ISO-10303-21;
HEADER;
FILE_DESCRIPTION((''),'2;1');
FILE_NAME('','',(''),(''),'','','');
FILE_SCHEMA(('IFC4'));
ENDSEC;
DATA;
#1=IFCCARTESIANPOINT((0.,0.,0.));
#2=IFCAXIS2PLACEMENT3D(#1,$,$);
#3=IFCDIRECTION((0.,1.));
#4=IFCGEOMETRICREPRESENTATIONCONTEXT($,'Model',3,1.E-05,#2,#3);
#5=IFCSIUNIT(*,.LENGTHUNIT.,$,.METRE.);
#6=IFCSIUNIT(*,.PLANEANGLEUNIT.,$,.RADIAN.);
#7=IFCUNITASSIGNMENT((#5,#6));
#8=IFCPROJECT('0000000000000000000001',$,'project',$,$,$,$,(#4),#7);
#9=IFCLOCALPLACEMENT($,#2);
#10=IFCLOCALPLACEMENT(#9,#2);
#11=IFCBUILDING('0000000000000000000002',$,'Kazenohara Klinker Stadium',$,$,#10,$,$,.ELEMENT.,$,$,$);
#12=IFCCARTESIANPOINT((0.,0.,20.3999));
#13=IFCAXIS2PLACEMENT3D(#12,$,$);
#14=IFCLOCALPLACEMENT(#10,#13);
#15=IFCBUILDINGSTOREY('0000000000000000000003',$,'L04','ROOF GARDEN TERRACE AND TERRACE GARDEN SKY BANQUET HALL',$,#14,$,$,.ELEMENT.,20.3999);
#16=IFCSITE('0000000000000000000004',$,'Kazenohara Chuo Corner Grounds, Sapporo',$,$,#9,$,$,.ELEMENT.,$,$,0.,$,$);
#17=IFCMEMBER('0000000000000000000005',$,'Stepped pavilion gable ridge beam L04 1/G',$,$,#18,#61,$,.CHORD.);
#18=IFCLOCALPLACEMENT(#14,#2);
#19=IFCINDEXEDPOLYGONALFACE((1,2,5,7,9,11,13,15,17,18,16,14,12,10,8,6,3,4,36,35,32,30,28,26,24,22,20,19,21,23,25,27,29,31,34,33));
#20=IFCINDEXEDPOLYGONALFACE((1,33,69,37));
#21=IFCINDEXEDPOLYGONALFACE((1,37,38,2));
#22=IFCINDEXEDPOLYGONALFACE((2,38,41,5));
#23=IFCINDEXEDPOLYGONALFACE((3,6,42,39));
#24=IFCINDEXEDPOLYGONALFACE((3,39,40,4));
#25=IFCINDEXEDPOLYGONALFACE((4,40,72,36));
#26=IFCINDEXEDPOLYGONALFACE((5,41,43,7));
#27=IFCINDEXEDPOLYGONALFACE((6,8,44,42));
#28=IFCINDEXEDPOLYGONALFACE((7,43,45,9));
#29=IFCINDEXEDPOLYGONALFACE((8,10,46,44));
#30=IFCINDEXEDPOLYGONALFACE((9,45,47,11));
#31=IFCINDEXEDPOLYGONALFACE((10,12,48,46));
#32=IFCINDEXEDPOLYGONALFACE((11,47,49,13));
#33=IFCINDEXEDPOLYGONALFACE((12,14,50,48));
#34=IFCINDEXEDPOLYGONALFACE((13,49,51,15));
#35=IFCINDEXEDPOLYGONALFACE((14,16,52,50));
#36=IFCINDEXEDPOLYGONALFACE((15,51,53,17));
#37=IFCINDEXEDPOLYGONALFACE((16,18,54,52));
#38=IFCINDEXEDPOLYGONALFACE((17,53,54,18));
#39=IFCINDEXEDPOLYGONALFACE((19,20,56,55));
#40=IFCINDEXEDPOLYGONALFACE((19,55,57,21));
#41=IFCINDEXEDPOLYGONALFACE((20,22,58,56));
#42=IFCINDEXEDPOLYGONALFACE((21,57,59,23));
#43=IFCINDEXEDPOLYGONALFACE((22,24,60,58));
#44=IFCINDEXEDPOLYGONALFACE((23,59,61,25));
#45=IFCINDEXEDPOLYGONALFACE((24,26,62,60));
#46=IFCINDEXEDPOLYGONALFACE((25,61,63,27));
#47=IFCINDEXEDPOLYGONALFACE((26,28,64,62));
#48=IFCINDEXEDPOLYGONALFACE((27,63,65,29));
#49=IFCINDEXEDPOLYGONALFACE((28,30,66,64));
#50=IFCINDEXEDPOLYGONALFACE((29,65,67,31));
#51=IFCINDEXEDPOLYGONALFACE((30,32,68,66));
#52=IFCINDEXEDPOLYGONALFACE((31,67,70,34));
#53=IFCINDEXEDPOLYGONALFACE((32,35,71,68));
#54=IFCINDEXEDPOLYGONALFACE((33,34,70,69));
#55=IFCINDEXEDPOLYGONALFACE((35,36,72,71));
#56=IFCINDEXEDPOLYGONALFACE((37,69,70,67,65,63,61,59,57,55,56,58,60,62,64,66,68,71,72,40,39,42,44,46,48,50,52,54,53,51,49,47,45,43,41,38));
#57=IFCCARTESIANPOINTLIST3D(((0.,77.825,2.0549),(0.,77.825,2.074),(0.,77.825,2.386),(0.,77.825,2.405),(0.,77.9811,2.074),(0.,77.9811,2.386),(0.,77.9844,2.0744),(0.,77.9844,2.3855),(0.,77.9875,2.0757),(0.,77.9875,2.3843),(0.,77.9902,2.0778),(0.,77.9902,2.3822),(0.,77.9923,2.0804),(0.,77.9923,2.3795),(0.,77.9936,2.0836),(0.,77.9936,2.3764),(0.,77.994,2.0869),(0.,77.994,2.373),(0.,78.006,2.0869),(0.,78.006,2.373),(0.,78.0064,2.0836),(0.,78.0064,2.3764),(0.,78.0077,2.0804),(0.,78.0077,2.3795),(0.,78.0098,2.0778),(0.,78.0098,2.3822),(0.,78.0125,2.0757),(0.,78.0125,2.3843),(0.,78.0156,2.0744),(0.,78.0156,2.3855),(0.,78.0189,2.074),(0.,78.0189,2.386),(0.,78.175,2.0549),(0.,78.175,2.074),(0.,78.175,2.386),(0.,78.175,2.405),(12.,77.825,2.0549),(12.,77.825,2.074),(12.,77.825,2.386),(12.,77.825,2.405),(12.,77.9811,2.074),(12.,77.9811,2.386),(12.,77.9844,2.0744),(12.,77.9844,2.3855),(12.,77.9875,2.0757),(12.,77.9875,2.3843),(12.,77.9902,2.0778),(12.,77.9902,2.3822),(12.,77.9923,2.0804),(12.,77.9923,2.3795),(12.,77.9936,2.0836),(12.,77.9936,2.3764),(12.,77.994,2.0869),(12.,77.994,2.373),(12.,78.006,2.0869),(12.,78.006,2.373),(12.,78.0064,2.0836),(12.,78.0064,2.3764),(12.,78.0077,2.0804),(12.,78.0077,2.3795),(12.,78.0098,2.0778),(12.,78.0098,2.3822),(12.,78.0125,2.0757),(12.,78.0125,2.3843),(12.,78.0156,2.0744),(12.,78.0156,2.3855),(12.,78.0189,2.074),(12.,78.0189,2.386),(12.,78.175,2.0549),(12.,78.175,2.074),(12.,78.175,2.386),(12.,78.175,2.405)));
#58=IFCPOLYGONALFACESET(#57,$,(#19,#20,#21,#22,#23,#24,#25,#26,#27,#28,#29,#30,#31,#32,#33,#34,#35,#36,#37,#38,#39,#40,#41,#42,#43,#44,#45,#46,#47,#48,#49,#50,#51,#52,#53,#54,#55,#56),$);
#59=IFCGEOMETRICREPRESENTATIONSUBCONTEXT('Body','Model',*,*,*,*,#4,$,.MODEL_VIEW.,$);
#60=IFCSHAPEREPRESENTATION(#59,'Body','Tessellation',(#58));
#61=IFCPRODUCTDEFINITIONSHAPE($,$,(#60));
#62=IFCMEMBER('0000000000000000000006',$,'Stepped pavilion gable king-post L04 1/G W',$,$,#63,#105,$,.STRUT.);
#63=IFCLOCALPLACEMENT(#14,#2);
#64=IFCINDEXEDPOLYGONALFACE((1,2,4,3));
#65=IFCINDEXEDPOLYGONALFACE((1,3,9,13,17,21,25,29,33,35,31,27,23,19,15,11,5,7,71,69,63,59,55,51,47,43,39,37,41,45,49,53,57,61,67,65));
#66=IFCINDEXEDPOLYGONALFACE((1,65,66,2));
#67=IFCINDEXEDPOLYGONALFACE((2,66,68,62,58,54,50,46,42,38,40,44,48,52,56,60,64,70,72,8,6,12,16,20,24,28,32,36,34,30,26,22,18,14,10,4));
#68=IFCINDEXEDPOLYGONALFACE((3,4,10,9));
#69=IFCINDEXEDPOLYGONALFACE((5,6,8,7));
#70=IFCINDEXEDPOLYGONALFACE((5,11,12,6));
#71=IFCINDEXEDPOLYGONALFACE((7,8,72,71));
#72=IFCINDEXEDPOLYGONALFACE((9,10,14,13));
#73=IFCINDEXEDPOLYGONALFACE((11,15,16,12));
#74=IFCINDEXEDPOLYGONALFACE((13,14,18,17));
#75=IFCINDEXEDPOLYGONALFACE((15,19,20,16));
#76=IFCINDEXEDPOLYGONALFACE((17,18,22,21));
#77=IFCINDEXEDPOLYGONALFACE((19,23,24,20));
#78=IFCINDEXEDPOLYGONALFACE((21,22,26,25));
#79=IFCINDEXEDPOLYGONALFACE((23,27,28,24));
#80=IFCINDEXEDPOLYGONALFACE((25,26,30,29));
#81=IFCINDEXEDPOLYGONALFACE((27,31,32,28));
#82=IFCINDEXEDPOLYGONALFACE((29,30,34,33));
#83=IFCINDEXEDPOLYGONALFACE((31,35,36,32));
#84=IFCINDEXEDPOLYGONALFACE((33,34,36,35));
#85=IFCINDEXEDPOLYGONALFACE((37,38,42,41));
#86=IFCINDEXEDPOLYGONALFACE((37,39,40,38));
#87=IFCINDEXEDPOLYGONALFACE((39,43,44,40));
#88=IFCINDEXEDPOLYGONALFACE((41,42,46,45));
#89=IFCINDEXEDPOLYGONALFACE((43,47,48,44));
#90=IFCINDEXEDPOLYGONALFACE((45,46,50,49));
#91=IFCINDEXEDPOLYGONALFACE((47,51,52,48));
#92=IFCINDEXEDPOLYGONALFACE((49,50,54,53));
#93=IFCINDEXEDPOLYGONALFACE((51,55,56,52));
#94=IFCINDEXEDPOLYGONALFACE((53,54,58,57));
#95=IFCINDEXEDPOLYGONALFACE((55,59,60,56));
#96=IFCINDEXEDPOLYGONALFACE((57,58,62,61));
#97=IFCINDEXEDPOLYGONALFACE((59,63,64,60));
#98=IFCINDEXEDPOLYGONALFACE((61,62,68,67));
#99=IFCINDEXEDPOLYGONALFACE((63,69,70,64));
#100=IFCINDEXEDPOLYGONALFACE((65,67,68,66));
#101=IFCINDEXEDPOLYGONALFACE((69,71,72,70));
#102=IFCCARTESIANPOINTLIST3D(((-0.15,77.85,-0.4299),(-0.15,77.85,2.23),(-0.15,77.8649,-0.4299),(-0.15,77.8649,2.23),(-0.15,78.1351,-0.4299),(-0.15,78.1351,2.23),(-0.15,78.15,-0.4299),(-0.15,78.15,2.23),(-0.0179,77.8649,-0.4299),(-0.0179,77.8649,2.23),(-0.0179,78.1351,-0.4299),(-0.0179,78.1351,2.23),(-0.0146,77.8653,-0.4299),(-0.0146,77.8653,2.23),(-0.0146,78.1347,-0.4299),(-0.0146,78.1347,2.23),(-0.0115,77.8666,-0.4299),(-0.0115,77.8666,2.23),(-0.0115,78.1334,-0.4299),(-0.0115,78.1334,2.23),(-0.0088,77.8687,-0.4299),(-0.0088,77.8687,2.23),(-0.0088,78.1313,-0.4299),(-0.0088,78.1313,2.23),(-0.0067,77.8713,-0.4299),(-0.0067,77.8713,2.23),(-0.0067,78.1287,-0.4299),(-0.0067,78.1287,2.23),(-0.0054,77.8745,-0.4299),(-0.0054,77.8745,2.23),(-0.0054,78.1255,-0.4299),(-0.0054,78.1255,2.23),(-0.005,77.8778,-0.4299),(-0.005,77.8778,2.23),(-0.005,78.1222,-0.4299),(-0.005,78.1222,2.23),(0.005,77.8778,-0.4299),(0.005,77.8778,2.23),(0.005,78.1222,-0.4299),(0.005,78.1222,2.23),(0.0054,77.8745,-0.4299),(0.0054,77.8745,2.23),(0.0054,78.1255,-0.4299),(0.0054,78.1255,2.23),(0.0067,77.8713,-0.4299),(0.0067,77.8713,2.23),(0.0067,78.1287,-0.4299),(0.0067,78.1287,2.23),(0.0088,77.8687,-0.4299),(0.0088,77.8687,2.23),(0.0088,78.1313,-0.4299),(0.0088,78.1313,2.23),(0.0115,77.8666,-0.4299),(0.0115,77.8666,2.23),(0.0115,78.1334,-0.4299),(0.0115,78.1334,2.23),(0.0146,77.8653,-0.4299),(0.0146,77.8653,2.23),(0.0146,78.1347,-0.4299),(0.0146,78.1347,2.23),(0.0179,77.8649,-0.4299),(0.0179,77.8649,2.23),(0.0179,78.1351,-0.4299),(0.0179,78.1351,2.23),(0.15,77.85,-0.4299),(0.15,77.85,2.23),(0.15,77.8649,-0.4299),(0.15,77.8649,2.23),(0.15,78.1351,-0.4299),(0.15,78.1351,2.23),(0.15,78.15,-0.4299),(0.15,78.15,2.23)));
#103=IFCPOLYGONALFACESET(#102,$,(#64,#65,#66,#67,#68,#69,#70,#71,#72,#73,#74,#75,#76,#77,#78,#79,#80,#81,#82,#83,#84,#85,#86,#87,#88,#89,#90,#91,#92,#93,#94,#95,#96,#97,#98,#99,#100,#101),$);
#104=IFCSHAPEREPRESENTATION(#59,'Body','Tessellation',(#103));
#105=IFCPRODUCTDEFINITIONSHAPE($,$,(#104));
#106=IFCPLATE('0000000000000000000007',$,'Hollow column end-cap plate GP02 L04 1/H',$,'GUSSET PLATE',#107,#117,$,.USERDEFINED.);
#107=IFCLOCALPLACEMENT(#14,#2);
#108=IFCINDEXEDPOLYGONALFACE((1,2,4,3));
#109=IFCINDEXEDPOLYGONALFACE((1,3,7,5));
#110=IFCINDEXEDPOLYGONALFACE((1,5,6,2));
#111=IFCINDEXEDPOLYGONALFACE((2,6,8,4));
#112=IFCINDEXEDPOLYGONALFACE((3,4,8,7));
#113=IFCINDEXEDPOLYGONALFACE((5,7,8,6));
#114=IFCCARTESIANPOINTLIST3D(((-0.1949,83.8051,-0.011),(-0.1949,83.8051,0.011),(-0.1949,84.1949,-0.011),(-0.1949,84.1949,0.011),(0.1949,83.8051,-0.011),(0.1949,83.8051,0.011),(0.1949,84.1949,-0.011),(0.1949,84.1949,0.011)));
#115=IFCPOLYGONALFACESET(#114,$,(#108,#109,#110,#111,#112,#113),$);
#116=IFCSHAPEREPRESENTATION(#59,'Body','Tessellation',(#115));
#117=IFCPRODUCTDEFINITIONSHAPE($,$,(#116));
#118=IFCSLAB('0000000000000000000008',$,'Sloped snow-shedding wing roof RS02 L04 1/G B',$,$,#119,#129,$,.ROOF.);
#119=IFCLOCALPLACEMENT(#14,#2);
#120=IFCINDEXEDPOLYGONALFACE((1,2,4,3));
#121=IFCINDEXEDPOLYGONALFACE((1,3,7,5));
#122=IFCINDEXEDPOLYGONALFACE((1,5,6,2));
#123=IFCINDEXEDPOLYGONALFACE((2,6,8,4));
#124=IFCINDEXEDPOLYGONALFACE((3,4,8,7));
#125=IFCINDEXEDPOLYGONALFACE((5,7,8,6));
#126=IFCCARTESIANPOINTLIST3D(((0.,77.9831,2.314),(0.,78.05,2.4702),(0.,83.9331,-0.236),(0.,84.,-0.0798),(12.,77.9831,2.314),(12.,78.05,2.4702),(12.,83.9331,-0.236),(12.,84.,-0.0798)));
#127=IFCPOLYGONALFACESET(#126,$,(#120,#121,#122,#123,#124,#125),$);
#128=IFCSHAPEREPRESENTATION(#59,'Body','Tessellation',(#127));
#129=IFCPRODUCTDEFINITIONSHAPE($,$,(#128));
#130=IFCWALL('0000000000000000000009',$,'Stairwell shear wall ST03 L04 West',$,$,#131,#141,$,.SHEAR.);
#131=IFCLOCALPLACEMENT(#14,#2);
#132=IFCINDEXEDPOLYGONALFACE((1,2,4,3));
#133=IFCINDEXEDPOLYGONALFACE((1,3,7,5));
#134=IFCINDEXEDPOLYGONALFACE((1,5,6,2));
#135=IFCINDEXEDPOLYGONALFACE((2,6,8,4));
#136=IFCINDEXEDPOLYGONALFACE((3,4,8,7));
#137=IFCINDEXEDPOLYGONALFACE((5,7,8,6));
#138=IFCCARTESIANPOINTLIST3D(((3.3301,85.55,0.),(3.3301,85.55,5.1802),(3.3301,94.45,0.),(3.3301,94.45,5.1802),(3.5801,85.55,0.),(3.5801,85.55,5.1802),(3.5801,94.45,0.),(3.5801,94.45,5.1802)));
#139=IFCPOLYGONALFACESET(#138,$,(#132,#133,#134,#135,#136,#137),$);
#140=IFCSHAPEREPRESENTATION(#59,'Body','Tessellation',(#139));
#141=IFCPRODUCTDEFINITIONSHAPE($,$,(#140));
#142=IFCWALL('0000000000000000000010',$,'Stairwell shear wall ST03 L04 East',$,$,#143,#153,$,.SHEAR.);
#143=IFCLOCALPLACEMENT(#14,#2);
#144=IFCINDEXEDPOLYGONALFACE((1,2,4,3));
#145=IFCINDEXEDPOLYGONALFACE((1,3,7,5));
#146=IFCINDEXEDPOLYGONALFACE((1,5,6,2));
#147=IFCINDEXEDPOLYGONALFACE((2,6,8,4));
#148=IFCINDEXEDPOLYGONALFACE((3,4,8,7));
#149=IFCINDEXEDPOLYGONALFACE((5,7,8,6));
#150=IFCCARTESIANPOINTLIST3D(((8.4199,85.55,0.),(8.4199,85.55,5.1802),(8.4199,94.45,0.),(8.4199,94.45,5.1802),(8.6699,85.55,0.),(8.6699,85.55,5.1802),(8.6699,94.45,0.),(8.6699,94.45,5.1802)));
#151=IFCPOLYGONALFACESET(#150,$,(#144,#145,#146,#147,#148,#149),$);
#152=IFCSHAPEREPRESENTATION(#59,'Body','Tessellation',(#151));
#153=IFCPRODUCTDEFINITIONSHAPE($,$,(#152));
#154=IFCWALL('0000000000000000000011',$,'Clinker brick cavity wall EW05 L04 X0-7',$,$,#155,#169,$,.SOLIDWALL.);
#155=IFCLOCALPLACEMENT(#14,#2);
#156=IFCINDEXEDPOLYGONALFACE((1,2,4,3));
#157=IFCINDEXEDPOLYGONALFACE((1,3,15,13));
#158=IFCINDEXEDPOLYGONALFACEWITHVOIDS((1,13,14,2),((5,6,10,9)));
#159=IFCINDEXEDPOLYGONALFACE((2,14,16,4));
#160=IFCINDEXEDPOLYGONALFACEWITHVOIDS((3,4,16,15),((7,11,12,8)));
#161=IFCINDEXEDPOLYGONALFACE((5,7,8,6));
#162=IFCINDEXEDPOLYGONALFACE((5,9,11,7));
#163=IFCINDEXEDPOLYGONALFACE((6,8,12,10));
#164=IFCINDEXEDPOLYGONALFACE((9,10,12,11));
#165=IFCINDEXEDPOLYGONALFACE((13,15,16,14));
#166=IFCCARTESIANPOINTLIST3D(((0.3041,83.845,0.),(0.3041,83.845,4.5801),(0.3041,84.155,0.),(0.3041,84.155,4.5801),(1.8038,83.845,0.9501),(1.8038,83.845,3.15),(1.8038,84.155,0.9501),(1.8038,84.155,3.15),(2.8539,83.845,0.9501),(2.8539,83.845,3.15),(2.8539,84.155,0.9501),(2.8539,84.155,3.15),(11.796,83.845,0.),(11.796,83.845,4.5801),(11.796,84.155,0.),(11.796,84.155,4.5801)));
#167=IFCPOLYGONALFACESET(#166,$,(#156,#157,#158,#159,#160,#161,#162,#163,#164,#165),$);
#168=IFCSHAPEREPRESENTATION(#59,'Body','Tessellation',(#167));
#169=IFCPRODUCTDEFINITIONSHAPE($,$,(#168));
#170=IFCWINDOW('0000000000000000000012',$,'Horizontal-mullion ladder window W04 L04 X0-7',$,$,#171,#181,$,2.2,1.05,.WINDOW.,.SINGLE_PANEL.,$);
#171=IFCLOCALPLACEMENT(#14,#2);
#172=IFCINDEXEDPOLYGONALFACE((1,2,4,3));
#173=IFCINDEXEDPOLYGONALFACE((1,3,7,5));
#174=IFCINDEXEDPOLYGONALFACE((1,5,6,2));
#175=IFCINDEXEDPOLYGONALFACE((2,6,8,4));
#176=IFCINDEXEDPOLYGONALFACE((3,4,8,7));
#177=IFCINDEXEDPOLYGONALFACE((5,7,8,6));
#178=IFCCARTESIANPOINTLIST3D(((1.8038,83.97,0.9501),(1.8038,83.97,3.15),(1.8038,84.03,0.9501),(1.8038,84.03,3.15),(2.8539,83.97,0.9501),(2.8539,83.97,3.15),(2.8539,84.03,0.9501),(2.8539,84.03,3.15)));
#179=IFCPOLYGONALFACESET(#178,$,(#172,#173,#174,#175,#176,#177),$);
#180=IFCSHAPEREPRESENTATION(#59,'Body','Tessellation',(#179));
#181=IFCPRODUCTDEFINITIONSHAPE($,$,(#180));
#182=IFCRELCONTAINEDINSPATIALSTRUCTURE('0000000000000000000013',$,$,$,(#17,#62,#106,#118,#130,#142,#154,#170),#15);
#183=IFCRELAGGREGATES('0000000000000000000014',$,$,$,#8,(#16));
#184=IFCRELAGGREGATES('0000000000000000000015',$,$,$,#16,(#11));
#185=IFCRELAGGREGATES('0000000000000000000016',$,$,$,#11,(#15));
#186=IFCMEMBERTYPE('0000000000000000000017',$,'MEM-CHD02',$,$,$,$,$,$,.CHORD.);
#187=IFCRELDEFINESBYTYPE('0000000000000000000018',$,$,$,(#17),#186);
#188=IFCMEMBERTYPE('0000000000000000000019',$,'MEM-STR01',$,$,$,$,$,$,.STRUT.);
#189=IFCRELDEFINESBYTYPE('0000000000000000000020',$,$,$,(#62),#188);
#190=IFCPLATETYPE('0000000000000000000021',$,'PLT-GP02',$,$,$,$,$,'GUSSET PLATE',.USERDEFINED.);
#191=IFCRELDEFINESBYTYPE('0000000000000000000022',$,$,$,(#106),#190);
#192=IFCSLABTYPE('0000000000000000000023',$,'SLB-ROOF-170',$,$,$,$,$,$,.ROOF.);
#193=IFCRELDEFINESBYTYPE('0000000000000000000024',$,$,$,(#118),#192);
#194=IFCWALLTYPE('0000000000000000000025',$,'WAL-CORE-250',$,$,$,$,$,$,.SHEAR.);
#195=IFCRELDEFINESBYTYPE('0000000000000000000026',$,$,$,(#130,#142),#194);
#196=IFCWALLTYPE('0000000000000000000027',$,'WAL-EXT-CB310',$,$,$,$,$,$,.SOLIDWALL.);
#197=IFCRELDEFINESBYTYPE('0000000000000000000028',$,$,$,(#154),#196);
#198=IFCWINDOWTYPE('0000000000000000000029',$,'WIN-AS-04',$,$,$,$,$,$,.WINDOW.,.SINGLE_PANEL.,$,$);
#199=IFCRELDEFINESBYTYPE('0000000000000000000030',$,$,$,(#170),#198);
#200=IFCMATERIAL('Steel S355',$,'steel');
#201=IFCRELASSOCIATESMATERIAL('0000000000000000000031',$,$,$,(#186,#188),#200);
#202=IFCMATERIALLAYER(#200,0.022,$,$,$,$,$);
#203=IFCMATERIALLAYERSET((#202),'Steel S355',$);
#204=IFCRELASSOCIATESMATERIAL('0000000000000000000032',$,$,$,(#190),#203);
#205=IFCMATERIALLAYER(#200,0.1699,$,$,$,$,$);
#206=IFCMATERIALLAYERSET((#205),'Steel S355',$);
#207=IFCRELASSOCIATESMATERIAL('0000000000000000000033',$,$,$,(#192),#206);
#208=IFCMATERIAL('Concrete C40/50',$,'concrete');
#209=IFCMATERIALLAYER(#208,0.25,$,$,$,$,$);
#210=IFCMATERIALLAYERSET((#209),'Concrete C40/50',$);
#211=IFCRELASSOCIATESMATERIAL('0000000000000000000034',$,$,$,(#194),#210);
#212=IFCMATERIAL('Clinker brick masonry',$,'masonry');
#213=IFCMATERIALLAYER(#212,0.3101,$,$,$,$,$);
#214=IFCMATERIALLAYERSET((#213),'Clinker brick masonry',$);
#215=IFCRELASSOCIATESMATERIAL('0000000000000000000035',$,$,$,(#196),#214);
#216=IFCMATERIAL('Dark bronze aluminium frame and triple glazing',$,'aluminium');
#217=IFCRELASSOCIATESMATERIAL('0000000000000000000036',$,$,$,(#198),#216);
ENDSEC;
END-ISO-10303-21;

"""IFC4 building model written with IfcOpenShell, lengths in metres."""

from ifc_helpers import new_model, si_unit, direction, frame, frame_2d, origin, origin_2d, place, context, subcontext, project, spatial, polyline, rectangle, i_section, outline, extrude, material, layer, layer_set, material_profile, profile_set, type_object, element, fill, save


model = new_model("IFC4")

# Units and contexts
model_context = context("Model", 3, precision=1e-05, world=origin(), true_north=direction((0.0, 1.0)))
body_context = subcontext(model_context, "Body", "Model", "MODEL_VIEW")
ifc_project = project(units=[si_unit("LENGTHUNIT", "METRE"), si_unit("PLANEANGLEUNIT", "RADIAN")], contexts=[model_context])

# Site, building, storey
site_placement = place(None, origin())
site = spatial("IfcSite", under=ifc_project, at=site_placement, Name="Kazenohara Chuo Corner Grounds, Sapporo", CompositionType="ELEMENT", RefElevation=0.0)
building_placement = place(site_placement, origin())
building = spatial("IfcBuilding", under=site, at=building_placement, Name="Kazenohara Klinker Stadium", CompositionType="ELEMENT")
storey_placement = place(building_placement, frame((0.0, 0.0, 20.3999)))
storey = spatial("IfcBuildingStorey", under=building, at=storey_placement, Name="L04", Description="ROOF GARDEN TERRACE AND TERRACE GARDEN SKY BANQUET HALL", CompositionType="ELEMENT", Elevation=20.3999)

# Shared definitions
ifc_material_1 = material(Name="Concrete C40/50", Category="concrete")

# Shared definitions
ifc_material_2 = material(Name="Steel S355", Category="steel")

# Members
ifc_material_profile_1 = material_profile(ifc_material_2, i_section(OverallWidth=0.3501, OverallDepth=0.3501, WebThickness=0.012, FlangeThickness=0.019, FilletRadius=0.0129, at=origin_2d()), Name="H-350x350x12x19")
ifc_profile_set_1 = profile_set([ifc_material_profile_1], Name="Steel S355")
member_type_1 = type_object("IfcMemberType", Name="MEM-CHD02", PredefinedType="CHORD", material=ifc_profile_set_1)
member_1_placement = place(storey_placement, frame((0.0, 78.0, 2.23), z_axis=(1.0, 0.0, 0.0), x_axis=(0.0, 1.0, 0.0)))
element("IfcMember", 1, at=member_1_placement, inside=storey, type_object=member_type_1, Name="Stepped pavilion gable ridge beam L04 1/G", PredefinedType="CHORD", context=body_context, shape_type="SweptSolid", body=[
    extrude(i_section(OverallWidth=0.3501, OverallDepth=0.3501, WebThickness=0.012, FlangeThickness=0.019, FilletRadius=0.0129, at=origin_2d()), origin(), (0.0, 0.0, 1.0), 12.0),
])
ifc_material_profile_2 = material_profile(ifc_material_2, i_section(OverallWidth=0.3, OverallDepth=0.3, WebThickness=0.01, FlangeThickness=0.0149, FilletRadius=0.0129, at=origin_2d()), Name="H-300x300x10x15")
ifc_profile_set_2 = profile_set([ifc_material_profile_2], Name="Steel S355")
member_type_2 = type_object("IfcMemberType", Name="MEM-STR01", PredefinedType="STRUT", material=ifc_profile_set_2)
member_2_placement = place(storey_placement, frame((0.0, 78.0, -0.4299), z_axis=(0.0, 0.0, 1.0), x_axis=(1.0, 0.0, 0.0)))
element("IfcMember", 2, at=member_2_placement, inside=storey, type_object=member_type_2, Name="Stepped pavilion gable king-post L04 1/G W", PredefinedType="STRUT", context=body_context, shape_type="SweptSolid", body=[
    extrude(i_section(OverallWidth=0.3, OverallDepth=0.3, WebThickness=0.01, FlangeThickness=0.0149, FilletRadius=0.0129, at=origin_2d()), origin(), (0.0, 0.0, 1.0), 2.6599),
])

# Plate
ifc_layer_1 = layer(ifc_material_2, 0.022)
ifc_layer_set_1 = layer_set([ifc_layer_1], Name="Steel S355")
plate_type = type_object("IfcPlateType", Name="PLT-GP02", ElementType="GUSSET PLATE", PredefinedType="USERDEFINED", material=ifc_layer_set_1)
plate_placement = place(storey_placement, frame((0.0, 84.0, -0.011), z_axis=(0.0, 0.0, 1.0), x_axis=(1.0, 0.0, 0.0)))
element("IfcPlate", 3, at=plate_placement, inside=storey, type_object=plate_type, Name="Hollow column end-cap plate GP02 L04 1/H", ObjectType="GUSSET PLATE", PredefinedType="USERDEFINED", context=body_context, shape_type="SweptSolid", body=[
    extrude(rectangle(XDim=0.3899, YDim=0.3899, at=origin_2d()), origin(), (0.0, 0.0, 1.0), 0.022),
])

# Slab
ifc_layer_2 = layer(ifc_material_2, 0.1699)
ifc_layer_set_2 = layer_set([ifc_layer_2], Name="Steel S355")
slab_type = type_object("IfcSlabType", Name="SLB-ROOF-170", PredefinedType="ROOF", material=ifc_layer_set_2)
slab_placement = place(storey_placement, frame((0.0, 78.05, 2.4702), z_axis=(0.0, 0.393928, 0.919141), x_axis=(1.0, 0.0, 0.0)))
element("IfcSlab", 4, at=slab_placement, inside=storey, type_object=slab_type, Name="Sloped snow-shedding wing roof RS02 L04 1/G B", PredefinedType="ROOF", context=body_context, shape_type="SweptSolid", body=[
    extrude(outline(polyline([(0.0, 0.0), (12.0, 0.0), (12.0, 6.4734), (0.0, 6.4734), (0.0, 0.0)])), origin(), (0.0, 0.0, -1.0), 0.1699),
])

# Shared definitions
ifc_layer_3 = layer(ifc_material_1, 0.25)
ifc_layer_set_3 = layer_set([ifc_layer_3], Name="Concrete C40/50")
wall_type_1 = type_object("IfcWallType", Name="WAL-CORE-250", PredefinedType="SHEAR", material=ifc_layer_set_3)

# Walls
for number, where, z_axis, x_axis, name in (
    (5, (3.4551, 85.55, 0.0), (0.0, 0.0, 1.0), (0.0, 1.0, 0.0), "Stairwell shear wall ST03 L04 West"),
    (6, (8.5449, 85.55, 0.0), (0.0, 0.0, 1.0), (0.0, 1.0, 0.0), "Stairwell shear wall ST03 L04 East"),
):
    element("IfcWall", number, at=place(storey_placement, frame(where, z_axis=z_axis, x_axis=x_axis)), inside=storey, type_object=wall_type_1, Name=name, PredefinedType="SHEAR", context=body_context, shape_type="SweptSolid", body=[
        extrude(rectangle(XDim=8.8999, YDim=0.25, at=frame_2d((4.45, 0.0))), origin(), (0.0, 0.0, 1.0), 5.1802),
    ])

# Wall, opening, window
ifc_material_3 = material(Name="Clinker brick masonry", Category="masonry")
ifc_layer_4 = layer(ifc_material_3, 0.3101)
ifc_layer_set_4 = layer_set([ifc_layer_4], Name="Clinker brick masonry")
wall_type_2 = type_object("IfcWallType", Name="WAL-EXT-CB310", PredefinedType="SOLIDWALL", material=ifc_layer_set_4)
wall_1_placement = place(storey_placement, frame((0.304, 84.0, 0.0), z_axis=(0.0, 0.0, 1.0), x_axis=(1.0, 0.0, 0.0)))
wall_1 = element("IfcWall", 7, at=wall_1_placement, inside=storey, type_object=wall_type_2, Name="Clinker brick cavity wall EW05 L04 X0-7", PredefinedType="SOLIDWALL", context=body_context, shape_type="SweptSolid", body=[
    extrude(rectangle(XDim=11.4919, YDim=0.3101, at=frame_2d((5.7461, 0.0))), origin(), (0.0, 0.0, 1.0), 4.5801),
])
opening_1_placement = place(wall_1_placement, frame((1.5, 0.0, 0.95)))
opening_1 = element("IfcOpeningElement", 8, at=opening_1_placement, cuts=wall_1, PredefinedType="OPENING", context=body_context, shape_type="SweptSolid", body=[
    extrude(rectangle(XDim=1.05, YDim=2.2, at=frame_2d((0.5249, 1.1001))), frame((0.0, 0.165, 0.0), z_axis=(0.0, -1.0, 0.0), x_axis=(1.0, 0.0, 0.0)), (0.0, 0.0, 1.0), 0.3301),
])
ifc_material_4 = material(Name="Dark bronze aluminium frame and triple glazing", Category="aluminium")
window_type_1 = type_object("IfcWindowType", Name="WIN-AS-04", PartitioningType="SINGLE_PANEL", PredefinedType="WINDOW", material=ifc_material_4)
window_1_placement = place(opening_1_placement, origin())
window_1 = element("IfcWindow", 9, at=window_1_placement, inside=storey, type_object=window_type_1, Name="Horizontal-mullion ladder window W04 L04 X0-7", OverallHeight=2.2, OverallWidth=1.05, PartitioningType="SINGLE_PANEL", PredefinedType="WINDOW", context=body_context, shape_type="SweptSolid", body=[
    extrude(rectangle(XDim=1.05, YDim=2.2, at=frame_2d((0.5249, 1.1001))), frame((0.0, 0.03, 0.0), z_axis=(0.0, -1.0, 0.0), x_axis=(1.0, 0.0, 0.0)), (0.0, 0.0, 1.0), 0.0601),
])
fill(opening_1, window_1)

save(model, "model.ifc")
